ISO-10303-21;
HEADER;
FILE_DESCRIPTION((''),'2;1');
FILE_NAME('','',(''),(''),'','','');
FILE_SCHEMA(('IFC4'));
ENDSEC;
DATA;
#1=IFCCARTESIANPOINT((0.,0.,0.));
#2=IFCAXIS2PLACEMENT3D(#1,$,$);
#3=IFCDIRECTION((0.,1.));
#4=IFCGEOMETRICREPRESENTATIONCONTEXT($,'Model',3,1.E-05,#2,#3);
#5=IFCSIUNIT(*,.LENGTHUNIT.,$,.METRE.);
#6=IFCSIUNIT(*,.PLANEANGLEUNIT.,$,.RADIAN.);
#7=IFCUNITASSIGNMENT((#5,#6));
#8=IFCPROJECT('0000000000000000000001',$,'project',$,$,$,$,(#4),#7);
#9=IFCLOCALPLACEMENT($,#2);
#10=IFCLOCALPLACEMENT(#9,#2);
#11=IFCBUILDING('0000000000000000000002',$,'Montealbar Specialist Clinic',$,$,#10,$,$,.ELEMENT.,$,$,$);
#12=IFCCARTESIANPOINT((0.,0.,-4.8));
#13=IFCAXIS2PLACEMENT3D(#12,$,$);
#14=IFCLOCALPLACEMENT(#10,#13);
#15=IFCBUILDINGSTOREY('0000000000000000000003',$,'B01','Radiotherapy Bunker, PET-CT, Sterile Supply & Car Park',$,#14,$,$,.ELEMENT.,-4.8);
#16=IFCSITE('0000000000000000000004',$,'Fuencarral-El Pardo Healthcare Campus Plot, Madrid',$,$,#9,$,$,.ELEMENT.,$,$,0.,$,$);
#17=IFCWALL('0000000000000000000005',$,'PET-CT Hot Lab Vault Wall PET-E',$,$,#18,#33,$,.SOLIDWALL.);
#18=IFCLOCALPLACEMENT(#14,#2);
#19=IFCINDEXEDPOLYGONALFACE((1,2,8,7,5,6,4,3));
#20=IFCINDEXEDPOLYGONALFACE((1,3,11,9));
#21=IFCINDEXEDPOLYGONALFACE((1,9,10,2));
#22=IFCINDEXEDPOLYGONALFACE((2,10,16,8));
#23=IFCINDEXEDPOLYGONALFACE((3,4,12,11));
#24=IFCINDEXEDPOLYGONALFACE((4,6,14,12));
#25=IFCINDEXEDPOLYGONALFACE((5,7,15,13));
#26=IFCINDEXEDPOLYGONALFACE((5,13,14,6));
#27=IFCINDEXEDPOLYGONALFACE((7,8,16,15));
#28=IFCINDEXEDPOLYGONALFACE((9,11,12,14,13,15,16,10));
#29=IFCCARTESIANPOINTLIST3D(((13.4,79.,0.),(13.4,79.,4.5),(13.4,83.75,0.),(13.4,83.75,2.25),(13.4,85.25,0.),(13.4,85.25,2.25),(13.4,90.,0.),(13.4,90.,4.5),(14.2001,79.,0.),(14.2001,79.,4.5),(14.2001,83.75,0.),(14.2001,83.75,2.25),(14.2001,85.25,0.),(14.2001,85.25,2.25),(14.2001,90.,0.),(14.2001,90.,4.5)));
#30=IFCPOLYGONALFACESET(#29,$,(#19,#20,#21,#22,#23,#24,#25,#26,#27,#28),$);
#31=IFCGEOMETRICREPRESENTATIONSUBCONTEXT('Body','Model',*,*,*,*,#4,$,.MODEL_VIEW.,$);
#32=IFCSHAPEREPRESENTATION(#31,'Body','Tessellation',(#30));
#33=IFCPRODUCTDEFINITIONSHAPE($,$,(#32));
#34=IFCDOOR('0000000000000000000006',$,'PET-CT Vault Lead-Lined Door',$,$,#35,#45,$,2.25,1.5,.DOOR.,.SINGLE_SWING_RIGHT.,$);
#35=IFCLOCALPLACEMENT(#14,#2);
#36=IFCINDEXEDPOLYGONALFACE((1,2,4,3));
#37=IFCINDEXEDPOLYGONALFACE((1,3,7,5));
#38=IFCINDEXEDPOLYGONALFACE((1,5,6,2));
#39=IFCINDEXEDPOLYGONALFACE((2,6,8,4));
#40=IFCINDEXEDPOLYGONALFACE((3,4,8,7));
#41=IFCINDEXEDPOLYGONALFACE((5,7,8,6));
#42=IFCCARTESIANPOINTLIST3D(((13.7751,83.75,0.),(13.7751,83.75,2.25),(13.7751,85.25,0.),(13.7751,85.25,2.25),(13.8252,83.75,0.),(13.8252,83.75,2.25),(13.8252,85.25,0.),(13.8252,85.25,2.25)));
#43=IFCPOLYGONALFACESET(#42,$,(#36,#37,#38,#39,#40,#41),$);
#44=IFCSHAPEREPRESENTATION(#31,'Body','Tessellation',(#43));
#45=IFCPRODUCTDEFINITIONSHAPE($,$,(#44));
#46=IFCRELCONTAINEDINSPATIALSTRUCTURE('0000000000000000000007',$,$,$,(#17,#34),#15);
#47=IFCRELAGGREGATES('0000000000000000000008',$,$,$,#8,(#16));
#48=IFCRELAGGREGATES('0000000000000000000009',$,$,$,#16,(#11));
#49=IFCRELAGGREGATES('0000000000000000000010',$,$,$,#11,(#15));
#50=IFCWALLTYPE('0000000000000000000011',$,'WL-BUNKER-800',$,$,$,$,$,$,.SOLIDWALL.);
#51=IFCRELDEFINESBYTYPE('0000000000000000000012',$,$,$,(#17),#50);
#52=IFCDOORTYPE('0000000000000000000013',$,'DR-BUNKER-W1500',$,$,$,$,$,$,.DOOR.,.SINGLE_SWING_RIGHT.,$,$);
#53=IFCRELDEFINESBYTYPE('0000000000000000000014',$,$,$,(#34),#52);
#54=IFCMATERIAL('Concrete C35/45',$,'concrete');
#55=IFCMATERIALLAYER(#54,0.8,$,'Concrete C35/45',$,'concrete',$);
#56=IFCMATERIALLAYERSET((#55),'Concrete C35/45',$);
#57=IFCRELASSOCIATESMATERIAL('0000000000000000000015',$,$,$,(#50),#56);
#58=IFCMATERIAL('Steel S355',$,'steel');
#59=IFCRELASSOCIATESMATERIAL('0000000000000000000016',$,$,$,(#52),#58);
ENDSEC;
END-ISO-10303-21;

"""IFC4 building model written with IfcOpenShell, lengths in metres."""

from ifc_helpers import new_model, si_unit, direction, frame, frame_2d, origin, place, context, subcontext, project, spatial, rectangle, extrude, material, layer, layer_set, type_object, element, fill, save


model = new_model("IFC4")

# Units and contexts
model_context = context("Model", 3, precision=1e-05, world=origin(), true_north=direction((0.0, 1.0)))
body_context = subcontext(model_context, "Body", "Model", "MODEL_VIEW")
ifc_project = project(units=[si_unit("LENGTHUNIT", "METRE"), si_unit("PLANEANGLEUNIT", "RADIAN")], contexts=[model_context])

# Site, building, storey
site_placement = place(None, origin())
site = spatial("IfcSite", under=ifc_project, at=site_placement, Name="Fuencarral-El Pardo Healthcare Campus Plot, Madrid", CompositionType="ELEMENT", RefElevation=0.0)
building_placement = place(site_placement, origin())
building = spatial("IfcBuilding", under=site, at=building_placement, Name="Montealbar Specialist Clinic", CompositionType="ELEMENT")
storey_placement = place(building_placement, frame((0.0, 0.0, -4.8)))
storey = spatial("IfcBuildingStorey", under=building, at=storey_placement, Name="B01", Description="Radiotherapy Bunker, PET-CT, Sterile Supply & Car Park", CompositionType="ELEMENT", Elevation=-4.8)

# Shared definitions
ifc_material_1 = material(Name="Concrete C35/45", Category="concrete")

# Shared definitions
ifc_material_2 = material(Name="Steel S355", Category="steel")

# Shared definitions
ifc_layer_1 = layer(ifc_material_1, 0.8, Name="Concrete C35/45", Category="concrete")
ifc_layer_set_1 = layer_set([ifc_layer_1], Name="Concrete C35/45")
wall_type_1 = type_object("IfcWallType", Name="WL-BUNKER-800", PredefinedType="SOLIDWALL", material=ifc_layer_set_1)

# Wall, opening, door
wall_1_placement = place(storey_placement, frame((13.8, 79.0, 0.0), z_axis=(0.0, 0.0, 1.0), x_axis=(0.0, 1.0, 0.0)))
wall_1 = element("IfcWall", 1, at=wall_1_placement, inside=storey, type_object=wall_type_1, Name="PET-CT Hot Lab Vault Wall PET-E", PredefinedType="SOLIDWALL", context=body_context, shape_type="SweptSolid", body=[
    extrude(rectangle(XDim=11.0, YDim=0.8, at=frame_2d((5.5, 0.0))), origin(), (0.0, 0.0, 1.0), 4.5),
])
opening_placement = place(wall_1_placement, frame((4.75, 0.0, 0.0)))
opening = element("IfcOpeningElement", 2, at=opening_placement, cuts=wall_1, PredefinedType="OPENING", context=body_context, shape_type="SweptSolid", body=[
    extrude(rectangle(XDim=1.5, YDim=2.25, at=frame_2d((0.75, 1.125))), frame((0.0, 0.4099, 0.0), z_axis=(0.0, -1.0, 0.0), x_axis=(1.0, 0.0, 0.0)), (0.0, 0.0, 1.0), 0.8201),
])
door_type = type_object("IfcDoorType", Name="DR-BUNKER-W1500", OperationType="SINGLE_SWING_RIGHT", PredefinedType="DOOR", material=ifc_material_2)
door_placement = place(opening_placement, origin())
door = element("IfcDoor", 3, at=door_placement, inside=storey, type_object=door_type, Name="PET-CT Vault Lead-Lined Door", OperationType="SINGLE_SWING_RIGHT", OverallHeight=2.25, OverallWidth=1.5, PredefinedType="DOOR", context=body_context, shape_type="SweptSolid", body=[
    extrude(rectangle(XDim=1.5, YDim=2.25, at=frame_2d((0.75, 1.125))), frame((0.0, 0.0249, 0.0), z_axis=(0.0, -1.0, 0.0), x_axis=(1.0, 0.0, 0.0)), (0.0, 0.0, 1.0), 0.05),
])
fill(opening, door)

save(model, "model.ifc")
